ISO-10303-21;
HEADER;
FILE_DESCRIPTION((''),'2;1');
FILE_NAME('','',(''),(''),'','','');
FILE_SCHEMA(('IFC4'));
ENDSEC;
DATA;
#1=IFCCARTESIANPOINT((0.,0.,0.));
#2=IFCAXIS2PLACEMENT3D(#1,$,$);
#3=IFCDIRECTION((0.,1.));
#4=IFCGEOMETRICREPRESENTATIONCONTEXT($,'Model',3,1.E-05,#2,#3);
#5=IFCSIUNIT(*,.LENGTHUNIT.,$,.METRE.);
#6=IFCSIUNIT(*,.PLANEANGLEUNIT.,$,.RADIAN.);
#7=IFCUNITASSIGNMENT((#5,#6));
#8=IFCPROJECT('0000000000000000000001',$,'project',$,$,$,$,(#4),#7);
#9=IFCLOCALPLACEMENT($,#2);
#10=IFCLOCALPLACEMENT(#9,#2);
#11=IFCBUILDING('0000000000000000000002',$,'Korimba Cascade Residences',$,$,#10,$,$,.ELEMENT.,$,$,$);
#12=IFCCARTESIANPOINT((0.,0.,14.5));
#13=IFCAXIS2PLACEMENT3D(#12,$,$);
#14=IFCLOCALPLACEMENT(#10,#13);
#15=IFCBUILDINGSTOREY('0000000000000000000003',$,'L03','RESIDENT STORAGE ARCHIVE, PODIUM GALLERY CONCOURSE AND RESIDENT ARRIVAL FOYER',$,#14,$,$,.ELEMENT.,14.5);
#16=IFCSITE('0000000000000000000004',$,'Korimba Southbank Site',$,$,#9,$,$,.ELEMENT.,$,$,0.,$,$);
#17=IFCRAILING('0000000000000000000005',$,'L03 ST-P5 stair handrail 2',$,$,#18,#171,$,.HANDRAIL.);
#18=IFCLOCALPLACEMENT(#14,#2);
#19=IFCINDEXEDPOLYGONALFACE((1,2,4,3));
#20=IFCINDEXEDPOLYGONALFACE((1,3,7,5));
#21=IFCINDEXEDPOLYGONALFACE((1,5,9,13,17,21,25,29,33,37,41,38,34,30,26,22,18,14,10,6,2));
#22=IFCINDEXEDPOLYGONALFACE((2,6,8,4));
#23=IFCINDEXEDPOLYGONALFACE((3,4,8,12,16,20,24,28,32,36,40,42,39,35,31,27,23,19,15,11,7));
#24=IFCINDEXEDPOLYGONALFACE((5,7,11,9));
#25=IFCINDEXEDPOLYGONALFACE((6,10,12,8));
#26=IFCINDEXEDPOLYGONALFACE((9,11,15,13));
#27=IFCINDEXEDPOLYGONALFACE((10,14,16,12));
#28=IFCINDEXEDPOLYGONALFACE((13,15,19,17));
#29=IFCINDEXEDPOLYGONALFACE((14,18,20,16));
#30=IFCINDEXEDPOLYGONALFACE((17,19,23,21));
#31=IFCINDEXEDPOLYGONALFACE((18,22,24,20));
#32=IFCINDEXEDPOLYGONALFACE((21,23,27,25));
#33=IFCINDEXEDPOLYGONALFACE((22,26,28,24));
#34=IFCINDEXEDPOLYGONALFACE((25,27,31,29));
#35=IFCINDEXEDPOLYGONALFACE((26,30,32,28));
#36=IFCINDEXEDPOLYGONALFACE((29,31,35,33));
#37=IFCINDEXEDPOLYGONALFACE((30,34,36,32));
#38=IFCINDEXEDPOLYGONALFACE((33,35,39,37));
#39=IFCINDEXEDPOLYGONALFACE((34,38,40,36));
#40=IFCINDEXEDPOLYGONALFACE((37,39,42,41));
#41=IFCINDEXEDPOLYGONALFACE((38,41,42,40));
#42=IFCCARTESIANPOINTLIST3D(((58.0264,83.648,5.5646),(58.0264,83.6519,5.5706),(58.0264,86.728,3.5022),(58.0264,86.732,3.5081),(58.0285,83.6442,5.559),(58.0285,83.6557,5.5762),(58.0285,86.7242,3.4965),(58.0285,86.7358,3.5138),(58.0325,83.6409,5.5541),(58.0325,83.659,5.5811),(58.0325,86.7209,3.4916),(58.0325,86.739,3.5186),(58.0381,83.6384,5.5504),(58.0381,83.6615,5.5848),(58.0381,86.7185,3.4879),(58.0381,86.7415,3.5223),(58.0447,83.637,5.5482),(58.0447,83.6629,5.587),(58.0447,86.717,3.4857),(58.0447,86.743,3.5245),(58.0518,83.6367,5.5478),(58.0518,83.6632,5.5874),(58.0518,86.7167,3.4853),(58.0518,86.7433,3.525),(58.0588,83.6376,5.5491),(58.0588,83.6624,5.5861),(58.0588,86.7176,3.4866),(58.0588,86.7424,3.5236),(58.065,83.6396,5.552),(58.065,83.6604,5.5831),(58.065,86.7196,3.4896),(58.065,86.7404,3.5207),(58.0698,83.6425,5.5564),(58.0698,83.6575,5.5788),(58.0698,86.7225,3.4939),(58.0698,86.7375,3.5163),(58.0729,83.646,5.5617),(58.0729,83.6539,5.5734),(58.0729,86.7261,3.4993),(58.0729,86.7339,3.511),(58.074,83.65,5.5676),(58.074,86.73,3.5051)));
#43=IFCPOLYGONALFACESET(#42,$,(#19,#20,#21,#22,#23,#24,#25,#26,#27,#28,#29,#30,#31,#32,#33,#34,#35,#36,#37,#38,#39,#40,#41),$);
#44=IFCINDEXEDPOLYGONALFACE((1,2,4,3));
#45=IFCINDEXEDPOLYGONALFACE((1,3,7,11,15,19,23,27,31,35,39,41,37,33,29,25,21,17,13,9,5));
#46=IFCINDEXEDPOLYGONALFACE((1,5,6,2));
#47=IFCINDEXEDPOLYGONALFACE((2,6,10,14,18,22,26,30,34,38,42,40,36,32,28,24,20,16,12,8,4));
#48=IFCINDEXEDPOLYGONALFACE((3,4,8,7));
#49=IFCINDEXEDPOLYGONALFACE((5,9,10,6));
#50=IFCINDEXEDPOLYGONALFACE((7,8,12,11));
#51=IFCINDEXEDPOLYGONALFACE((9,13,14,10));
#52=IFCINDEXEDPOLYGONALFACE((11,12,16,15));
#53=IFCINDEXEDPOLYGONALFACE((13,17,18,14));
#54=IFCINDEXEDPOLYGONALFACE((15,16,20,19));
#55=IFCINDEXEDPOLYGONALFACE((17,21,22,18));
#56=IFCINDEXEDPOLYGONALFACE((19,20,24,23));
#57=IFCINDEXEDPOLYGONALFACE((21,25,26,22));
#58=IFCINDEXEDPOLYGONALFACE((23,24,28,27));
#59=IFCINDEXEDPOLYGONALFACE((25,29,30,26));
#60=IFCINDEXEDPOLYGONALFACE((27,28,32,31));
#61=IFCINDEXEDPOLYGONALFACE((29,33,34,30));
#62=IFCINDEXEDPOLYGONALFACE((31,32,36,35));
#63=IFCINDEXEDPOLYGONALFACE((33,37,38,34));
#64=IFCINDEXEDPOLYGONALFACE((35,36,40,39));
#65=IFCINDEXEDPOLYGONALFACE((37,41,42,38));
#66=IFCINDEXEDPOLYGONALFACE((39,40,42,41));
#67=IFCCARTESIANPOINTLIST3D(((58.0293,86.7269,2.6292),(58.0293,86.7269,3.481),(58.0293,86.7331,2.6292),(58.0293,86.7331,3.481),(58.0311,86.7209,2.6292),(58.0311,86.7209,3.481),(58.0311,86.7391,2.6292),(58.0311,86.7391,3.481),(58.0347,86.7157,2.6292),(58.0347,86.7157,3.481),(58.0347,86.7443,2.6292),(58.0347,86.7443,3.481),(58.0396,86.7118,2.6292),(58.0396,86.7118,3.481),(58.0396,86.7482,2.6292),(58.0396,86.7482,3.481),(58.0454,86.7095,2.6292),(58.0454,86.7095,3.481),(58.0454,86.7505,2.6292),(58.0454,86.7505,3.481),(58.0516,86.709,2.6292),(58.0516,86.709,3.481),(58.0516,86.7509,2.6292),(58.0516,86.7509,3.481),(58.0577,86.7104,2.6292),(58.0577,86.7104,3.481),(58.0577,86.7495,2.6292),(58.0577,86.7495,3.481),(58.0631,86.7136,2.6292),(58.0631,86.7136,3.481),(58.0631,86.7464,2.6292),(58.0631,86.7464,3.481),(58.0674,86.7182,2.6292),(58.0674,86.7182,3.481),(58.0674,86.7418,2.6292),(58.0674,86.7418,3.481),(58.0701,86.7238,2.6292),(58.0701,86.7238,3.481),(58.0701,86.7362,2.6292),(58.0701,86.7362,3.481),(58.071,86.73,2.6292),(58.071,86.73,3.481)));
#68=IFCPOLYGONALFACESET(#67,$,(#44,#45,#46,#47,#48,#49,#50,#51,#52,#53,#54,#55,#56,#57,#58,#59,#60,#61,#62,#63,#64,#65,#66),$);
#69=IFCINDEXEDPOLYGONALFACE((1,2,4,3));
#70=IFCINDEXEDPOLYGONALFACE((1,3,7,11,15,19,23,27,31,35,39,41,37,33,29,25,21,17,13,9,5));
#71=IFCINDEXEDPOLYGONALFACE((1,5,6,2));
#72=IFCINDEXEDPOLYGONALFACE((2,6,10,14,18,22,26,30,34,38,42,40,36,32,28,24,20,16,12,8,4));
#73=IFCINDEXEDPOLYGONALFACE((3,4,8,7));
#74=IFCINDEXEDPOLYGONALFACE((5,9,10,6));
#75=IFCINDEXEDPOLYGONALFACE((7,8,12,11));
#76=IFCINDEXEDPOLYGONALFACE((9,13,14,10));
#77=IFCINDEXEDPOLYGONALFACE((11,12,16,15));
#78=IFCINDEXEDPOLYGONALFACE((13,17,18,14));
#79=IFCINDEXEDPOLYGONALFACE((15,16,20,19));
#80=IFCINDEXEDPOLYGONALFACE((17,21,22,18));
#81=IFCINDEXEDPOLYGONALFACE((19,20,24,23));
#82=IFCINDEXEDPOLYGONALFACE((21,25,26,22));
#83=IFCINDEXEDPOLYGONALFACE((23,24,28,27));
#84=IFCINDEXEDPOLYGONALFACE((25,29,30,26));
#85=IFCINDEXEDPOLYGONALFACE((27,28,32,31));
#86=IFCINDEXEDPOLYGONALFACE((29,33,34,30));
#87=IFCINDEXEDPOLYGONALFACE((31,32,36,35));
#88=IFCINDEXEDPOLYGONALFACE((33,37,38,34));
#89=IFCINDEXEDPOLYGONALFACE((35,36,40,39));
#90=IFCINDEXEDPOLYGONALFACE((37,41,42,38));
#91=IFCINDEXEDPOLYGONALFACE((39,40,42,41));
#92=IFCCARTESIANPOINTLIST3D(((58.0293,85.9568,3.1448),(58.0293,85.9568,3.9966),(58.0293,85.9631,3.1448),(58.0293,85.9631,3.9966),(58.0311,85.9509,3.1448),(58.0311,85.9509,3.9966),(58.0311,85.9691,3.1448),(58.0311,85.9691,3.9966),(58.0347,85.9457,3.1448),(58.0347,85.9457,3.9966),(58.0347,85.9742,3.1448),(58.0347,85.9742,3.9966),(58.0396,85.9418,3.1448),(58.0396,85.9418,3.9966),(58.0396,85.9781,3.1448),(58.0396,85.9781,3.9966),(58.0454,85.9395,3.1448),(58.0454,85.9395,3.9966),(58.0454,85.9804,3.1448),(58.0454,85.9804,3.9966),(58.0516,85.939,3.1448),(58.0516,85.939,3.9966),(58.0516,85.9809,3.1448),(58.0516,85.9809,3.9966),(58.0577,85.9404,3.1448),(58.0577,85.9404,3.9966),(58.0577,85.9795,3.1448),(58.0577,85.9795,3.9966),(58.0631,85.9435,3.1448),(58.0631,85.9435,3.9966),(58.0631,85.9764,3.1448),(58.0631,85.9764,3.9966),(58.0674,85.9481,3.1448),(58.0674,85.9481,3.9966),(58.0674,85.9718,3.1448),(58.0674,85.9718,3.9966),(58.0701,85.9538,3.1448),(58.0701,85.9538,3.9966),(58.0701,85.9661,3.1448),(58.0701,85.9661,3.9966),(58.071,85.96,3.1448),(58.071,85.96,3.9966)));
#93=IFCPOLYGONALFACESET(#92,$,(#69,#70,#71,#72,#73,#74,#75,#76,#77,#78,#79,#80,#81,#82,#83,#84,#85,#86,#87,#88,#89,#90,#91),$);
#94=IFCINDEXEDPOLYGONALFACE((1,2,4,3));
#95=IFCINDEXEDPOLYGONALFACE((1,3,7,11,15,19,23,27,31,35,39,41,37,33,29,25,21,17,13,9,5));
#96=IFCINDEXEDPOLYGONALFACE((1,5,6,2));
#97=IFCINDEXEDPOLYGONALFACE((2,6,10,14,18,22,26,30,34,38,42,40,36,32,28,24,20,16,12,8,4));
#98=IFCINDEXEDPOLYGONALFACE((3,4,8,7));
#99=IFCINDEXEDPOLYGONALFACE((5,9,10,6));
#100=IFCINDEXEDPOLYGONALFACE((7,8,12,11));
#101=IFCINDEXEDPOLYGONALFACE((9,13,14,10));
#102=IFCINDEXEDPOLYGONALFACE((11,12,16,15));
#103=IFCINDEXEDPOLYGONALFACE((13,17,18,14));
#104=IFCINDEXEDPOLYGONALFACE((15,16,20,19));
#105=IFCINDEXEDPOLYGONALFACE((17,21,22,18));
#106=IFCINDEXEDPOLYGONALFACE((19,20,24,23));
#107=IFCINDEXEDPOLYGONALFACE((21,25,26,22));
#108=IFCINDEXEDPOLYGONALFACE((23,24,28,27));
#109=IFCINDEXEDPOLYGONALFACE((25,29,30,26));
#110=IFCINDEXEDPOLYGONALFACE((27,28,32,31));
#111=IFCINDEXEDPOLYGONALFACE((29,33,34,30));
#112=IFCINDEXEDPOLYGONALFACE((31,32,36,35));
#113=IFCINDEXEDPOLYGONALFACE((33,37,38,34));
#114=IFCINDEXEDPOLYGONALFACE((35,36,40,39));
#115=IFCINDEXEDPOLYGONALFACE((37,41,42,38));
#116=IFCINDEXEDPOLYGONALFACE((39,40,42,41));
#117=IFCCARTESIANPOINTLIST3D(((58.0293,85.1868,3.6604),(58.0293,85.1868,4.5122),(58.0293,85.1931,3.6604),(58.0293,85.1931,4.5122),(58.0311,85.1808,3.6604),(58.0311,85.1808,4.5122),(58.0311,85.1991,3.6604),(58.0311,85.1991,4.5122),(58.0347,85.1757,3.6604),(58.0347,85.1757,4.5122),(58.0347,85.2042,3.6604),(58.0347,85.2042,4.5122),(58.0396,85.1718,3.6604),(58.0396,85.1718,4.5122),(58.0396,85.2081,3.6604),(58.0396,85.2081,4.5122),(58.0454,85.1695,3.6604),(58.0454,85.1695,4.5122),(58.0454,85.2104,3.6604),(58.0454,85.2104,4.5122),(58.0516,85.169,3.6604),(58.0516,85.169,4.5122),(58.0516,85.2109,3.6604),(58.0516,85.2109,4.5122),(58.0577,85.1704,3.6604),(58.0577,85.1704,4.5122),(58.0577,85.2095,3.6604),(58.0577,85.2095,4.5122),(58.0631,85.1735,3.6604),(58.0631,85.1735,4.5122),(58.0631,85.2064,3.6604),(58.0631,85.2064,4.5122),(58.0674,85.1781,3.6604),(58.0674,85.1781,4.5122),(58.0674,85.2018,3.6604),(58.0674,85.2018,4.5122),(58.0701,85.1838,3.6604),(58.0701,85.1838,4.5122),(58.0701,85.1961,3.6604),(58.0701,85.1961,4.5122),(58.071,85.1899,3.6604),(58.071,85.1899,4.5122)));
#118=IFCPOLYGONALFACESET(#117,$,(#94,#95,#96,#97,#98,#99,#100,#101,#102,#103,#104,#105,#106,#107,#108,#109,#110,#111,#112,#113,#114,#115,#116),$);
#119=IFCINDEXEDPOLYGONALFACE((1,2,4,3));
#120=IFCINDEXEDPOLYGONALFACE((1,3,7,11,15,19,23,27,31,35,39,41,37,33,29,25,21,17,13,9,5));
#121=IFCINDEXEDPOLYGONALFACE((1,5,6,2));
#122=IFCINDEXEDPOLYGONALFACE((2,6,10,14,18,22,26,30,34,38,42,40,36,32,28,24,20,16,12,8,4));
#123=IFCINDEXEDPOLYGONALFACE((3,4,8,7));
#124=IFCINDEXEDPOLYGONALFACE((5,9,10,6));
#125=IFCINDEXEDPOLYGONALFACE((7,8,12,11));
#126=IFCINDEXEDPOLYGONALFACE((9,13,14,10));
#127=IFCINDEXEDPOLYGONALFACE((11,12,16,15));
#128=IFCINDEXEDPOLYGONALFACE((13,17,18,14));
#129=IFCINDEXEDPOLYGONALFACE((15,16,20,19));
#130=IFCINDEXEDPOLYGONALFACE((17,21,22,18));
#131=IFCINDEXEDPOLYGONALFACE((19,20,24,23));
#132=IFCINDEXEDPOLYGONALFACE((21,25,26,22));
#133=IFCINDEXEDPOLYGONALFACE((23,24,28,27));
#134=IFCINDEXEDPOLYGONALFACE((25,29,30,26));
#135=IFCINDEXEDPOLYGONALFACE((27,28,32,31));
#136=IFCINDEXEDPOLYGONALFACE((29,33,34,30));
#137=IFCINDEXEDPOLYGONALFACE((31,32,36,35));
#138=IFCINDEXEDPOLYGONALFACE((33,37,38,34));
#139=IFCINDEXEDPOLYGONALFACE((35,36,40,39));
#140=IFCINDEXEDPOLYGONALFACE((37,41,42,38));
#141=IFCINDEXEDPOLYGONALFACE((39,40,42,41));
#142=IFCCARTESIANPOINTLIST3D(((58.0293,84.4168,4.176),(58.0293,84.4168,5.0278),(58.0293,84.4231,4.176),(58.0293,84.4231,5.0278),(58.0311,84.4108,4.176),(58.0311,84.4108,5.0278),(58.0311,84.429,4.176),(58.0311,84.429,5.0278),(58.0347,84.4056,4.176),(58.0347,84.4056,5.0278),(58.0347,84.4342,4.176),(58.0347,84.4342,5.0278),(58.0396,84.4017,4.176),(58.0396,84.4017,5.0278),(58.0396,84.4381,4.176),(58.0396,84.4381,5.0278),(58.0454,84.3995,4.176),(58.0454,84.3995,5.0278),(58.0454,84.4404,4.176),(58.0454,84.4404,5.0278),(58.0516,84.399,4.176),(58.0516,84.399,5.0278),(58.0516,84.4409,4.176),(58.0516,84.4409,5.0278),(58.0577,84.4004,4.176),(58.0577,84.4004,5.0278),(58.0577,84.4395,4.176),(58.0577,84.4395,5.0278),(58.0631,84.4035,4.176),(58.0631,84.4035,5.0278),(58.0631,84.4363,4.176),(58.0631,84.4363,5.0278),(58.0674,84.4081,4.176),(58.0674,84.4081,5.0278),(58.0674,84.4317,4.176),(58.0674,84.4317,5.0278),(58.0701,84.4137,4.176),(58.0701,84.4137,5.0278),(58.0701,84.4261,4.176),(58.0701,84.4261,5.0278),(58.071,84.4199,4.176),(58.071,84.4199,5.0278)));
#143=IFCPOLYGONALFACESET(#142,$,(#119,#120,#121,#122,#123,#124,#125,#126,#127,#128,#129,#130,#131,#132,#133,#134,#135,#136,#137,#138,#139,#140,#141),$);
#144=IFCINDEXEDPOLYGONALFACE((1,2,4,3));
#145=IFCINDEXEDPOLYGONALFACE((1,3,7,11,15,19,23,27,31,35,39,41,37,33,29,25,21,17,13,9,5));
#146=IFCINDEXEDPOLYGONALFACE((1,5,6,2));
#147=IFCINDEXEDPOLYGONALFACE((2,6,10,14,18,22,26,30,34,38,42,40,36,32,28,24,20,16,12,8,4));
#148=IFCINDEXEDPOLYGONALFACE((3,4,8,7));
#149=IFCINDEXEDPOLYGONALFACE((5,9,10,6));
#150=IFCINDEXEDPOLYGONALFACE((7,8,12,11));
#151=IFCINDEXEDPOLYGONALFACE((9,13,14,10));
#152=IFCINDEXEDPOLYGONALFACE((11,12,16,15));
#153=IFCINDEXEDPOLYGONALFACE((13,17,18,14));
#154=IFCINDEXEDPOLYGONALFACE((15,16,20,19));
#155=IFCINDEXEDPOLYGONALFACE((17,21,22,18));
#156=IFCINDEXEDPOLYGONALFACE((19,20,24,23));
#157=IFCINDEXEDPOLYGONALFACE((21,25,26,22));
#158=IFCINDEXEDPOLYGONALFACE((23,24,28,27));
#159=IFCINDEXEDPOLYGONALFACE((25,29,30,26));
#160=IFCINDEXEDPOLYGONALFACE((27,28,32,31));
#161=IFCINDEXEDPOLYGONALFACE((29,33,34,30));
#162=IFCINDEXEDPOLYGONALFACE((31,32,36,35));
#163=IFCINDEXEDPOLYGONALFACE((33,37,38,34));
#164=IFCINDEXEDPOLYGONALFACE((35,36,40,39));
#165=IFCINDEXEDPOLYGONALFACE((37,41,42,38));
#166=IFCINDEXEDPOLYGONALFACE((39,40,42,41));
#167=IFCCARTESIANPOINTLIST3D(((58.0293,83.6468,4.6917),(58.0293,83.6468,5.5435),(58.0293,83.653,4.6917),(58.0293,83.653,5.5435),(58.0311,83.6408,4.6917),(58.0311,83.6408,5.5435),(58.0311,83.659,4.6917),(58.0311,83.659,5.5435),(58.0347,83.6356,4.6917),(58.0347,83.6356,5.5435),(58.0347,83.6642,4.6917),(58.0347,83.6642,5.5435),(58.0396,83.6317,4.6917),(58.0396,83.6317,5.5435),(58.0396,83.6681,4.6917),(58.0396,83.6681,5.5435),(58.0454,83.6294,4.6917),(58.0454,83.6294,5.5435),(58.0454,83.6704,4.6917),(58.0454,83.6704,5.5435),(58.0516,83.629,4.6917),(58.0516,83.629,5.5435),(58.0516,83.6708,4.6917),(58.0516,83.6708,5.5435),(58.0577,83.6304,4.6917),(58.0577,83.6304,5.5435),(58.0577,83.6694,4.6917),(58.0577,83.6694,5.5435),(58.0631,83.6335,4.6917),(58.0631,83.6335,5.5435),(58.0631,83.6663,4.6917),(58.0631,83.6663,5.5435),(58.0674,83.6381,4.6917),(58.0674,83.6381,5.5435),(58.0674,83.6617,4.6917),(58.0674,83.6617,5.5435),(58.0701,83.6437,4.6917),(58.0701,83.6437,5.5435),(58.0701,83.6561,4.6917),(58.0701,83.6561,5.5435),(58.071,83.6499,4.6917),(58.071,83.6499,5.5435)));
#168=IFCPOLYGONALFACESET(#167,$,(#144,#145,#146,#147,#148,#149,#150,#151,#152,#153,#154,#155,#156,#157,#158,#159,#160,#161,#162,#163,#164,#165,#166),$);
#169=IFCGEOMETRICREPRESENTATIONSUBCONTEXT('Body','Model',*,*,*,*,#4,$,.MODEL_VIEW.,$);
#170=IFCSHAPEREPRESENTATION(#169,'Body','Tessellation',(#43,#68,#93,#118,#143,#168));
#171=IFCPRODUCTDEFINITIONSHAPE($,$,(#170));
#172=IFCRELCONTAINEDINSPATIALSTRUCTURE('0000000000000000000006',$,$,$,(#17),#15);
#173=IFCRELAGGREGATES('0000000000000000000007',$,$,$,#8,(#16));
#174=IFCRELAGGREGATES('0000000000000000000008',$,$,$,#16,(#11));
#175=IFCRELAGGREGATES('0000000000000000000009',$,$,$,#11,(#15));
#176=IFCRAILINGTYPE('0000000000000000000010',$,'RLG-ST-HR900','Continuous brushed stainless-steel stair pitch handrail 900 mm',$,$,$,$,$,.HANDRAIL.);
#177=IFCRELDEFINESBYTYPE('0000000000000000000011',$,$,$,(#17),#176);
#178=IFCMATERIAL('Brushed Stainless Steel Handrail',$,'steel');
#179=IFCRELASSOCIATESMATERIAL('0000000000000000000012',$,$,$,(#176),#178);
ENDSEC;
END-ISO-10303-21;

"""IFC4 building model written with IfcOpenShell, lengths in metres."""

from ifc_helpers import new_model, si_unit, direction, frame, origin, origin_2d, place, context, subcontext, project, spatial, circle, extrude, material, type_object, element, save


model = new_model("IFC4")

# Units and contexts
model_context = context("Model", 3, precision=1e-05, world=origin(), true_north=direction((0.0, 1.0)))
body_context = subcontext(model_context, "Body", "Model", "MODEL_VIEW")
ifc_project = project(units=[si_unit("LENGTHUNIT", "METRE"), si_unit("PLANEANGLEUNIT", "RADIAN")], contexts=[model_context])

# Site, building, storey
site_placement = place(None, origin())
site = spatial("IfcSite", under=ifc_project, at=site_placement, Name="Korimba Southbank Site", CompositionType="ELEMENT", RefElevation=0.0)
building_placement = place(site_placement, origin())
building = spatial("IfcBuilding", under=site, at=building_placement, Name="Korimba Cascade Residences", CompositionType="ELEMENT")
storey_placement = place(building_placement, frame((0.0, 0.0, 14.5)))
storey = spatial("IfcBuildingStorey", under=building, at=storey_placement, Name="L03", Description="RESIDENT STORAGE ARCHIVE, PODIUM GALLERY CONCOURSE AND RESIDENT ARRIVAL FOYER", CompositionType="ELEMENT", Elevation=14.5)

# Railing
ifc_material_1 = material(Name="Brushed Stainless Steel Handrail", Category="steel")
railing_type_1 = type_object("IfcRailingType", Name="RLG-ST-HR900", Description="Continuous brushed stainless-steel stair pitch handrail 900 mm", PredefinedType="HANDRAIL", material=ifc_material_1)
railing_1_placement = place(storey_placement, frame((58.05, 86.73, 2.6292)))
element("IfcRailing", 1, at=railing_1_placement, inside=storey, type_object=railing_type_1, Name="L03 ST-P5 stair handrail 2", PredefinedType="HANDRAIL", context=body_context, shape_type="SweptSolid", body=[
    extrude(circle(Radius=0.0239, at=origin_2d()), frame((0.0, 0.0, 0.876), z_axis=(0.0, -0.830914, 0.556401), x_axis=(1.0, 0.0, 0.0)), (0.0, 0.0, 1.0), 3.7068),
    extrude(circle(Radius=0.021, at=origin_2d()), origin(), (0.0, 0.0, 1.0), 0.8518),
    extrude(circle(Radius=0.021, at=origin_2d()), frame((0.0, -0.77, 0.5156)), (0.0, 0.0, 1.0), 0.8518),
    extrude(circle(Radius=0.021, at=origin_2d()), frame((0.0, -1.54, 1.0312)), (0.0, 0.0, 1.0), 0.8518),
    extrude(circle(Radius=0.021, at=origin_2d()), frame((0.0, -2.3101, 1.5469)), (0.0, 0.0, 1.0), 0.8518),
    extrude(circle(Radius=0.021, at=origin_2d()), frame((0.0, -3.0801, 2.0625)), (0.0, 0.0, 1.0), 0.8518),
])

save(model, "model.ifc")
